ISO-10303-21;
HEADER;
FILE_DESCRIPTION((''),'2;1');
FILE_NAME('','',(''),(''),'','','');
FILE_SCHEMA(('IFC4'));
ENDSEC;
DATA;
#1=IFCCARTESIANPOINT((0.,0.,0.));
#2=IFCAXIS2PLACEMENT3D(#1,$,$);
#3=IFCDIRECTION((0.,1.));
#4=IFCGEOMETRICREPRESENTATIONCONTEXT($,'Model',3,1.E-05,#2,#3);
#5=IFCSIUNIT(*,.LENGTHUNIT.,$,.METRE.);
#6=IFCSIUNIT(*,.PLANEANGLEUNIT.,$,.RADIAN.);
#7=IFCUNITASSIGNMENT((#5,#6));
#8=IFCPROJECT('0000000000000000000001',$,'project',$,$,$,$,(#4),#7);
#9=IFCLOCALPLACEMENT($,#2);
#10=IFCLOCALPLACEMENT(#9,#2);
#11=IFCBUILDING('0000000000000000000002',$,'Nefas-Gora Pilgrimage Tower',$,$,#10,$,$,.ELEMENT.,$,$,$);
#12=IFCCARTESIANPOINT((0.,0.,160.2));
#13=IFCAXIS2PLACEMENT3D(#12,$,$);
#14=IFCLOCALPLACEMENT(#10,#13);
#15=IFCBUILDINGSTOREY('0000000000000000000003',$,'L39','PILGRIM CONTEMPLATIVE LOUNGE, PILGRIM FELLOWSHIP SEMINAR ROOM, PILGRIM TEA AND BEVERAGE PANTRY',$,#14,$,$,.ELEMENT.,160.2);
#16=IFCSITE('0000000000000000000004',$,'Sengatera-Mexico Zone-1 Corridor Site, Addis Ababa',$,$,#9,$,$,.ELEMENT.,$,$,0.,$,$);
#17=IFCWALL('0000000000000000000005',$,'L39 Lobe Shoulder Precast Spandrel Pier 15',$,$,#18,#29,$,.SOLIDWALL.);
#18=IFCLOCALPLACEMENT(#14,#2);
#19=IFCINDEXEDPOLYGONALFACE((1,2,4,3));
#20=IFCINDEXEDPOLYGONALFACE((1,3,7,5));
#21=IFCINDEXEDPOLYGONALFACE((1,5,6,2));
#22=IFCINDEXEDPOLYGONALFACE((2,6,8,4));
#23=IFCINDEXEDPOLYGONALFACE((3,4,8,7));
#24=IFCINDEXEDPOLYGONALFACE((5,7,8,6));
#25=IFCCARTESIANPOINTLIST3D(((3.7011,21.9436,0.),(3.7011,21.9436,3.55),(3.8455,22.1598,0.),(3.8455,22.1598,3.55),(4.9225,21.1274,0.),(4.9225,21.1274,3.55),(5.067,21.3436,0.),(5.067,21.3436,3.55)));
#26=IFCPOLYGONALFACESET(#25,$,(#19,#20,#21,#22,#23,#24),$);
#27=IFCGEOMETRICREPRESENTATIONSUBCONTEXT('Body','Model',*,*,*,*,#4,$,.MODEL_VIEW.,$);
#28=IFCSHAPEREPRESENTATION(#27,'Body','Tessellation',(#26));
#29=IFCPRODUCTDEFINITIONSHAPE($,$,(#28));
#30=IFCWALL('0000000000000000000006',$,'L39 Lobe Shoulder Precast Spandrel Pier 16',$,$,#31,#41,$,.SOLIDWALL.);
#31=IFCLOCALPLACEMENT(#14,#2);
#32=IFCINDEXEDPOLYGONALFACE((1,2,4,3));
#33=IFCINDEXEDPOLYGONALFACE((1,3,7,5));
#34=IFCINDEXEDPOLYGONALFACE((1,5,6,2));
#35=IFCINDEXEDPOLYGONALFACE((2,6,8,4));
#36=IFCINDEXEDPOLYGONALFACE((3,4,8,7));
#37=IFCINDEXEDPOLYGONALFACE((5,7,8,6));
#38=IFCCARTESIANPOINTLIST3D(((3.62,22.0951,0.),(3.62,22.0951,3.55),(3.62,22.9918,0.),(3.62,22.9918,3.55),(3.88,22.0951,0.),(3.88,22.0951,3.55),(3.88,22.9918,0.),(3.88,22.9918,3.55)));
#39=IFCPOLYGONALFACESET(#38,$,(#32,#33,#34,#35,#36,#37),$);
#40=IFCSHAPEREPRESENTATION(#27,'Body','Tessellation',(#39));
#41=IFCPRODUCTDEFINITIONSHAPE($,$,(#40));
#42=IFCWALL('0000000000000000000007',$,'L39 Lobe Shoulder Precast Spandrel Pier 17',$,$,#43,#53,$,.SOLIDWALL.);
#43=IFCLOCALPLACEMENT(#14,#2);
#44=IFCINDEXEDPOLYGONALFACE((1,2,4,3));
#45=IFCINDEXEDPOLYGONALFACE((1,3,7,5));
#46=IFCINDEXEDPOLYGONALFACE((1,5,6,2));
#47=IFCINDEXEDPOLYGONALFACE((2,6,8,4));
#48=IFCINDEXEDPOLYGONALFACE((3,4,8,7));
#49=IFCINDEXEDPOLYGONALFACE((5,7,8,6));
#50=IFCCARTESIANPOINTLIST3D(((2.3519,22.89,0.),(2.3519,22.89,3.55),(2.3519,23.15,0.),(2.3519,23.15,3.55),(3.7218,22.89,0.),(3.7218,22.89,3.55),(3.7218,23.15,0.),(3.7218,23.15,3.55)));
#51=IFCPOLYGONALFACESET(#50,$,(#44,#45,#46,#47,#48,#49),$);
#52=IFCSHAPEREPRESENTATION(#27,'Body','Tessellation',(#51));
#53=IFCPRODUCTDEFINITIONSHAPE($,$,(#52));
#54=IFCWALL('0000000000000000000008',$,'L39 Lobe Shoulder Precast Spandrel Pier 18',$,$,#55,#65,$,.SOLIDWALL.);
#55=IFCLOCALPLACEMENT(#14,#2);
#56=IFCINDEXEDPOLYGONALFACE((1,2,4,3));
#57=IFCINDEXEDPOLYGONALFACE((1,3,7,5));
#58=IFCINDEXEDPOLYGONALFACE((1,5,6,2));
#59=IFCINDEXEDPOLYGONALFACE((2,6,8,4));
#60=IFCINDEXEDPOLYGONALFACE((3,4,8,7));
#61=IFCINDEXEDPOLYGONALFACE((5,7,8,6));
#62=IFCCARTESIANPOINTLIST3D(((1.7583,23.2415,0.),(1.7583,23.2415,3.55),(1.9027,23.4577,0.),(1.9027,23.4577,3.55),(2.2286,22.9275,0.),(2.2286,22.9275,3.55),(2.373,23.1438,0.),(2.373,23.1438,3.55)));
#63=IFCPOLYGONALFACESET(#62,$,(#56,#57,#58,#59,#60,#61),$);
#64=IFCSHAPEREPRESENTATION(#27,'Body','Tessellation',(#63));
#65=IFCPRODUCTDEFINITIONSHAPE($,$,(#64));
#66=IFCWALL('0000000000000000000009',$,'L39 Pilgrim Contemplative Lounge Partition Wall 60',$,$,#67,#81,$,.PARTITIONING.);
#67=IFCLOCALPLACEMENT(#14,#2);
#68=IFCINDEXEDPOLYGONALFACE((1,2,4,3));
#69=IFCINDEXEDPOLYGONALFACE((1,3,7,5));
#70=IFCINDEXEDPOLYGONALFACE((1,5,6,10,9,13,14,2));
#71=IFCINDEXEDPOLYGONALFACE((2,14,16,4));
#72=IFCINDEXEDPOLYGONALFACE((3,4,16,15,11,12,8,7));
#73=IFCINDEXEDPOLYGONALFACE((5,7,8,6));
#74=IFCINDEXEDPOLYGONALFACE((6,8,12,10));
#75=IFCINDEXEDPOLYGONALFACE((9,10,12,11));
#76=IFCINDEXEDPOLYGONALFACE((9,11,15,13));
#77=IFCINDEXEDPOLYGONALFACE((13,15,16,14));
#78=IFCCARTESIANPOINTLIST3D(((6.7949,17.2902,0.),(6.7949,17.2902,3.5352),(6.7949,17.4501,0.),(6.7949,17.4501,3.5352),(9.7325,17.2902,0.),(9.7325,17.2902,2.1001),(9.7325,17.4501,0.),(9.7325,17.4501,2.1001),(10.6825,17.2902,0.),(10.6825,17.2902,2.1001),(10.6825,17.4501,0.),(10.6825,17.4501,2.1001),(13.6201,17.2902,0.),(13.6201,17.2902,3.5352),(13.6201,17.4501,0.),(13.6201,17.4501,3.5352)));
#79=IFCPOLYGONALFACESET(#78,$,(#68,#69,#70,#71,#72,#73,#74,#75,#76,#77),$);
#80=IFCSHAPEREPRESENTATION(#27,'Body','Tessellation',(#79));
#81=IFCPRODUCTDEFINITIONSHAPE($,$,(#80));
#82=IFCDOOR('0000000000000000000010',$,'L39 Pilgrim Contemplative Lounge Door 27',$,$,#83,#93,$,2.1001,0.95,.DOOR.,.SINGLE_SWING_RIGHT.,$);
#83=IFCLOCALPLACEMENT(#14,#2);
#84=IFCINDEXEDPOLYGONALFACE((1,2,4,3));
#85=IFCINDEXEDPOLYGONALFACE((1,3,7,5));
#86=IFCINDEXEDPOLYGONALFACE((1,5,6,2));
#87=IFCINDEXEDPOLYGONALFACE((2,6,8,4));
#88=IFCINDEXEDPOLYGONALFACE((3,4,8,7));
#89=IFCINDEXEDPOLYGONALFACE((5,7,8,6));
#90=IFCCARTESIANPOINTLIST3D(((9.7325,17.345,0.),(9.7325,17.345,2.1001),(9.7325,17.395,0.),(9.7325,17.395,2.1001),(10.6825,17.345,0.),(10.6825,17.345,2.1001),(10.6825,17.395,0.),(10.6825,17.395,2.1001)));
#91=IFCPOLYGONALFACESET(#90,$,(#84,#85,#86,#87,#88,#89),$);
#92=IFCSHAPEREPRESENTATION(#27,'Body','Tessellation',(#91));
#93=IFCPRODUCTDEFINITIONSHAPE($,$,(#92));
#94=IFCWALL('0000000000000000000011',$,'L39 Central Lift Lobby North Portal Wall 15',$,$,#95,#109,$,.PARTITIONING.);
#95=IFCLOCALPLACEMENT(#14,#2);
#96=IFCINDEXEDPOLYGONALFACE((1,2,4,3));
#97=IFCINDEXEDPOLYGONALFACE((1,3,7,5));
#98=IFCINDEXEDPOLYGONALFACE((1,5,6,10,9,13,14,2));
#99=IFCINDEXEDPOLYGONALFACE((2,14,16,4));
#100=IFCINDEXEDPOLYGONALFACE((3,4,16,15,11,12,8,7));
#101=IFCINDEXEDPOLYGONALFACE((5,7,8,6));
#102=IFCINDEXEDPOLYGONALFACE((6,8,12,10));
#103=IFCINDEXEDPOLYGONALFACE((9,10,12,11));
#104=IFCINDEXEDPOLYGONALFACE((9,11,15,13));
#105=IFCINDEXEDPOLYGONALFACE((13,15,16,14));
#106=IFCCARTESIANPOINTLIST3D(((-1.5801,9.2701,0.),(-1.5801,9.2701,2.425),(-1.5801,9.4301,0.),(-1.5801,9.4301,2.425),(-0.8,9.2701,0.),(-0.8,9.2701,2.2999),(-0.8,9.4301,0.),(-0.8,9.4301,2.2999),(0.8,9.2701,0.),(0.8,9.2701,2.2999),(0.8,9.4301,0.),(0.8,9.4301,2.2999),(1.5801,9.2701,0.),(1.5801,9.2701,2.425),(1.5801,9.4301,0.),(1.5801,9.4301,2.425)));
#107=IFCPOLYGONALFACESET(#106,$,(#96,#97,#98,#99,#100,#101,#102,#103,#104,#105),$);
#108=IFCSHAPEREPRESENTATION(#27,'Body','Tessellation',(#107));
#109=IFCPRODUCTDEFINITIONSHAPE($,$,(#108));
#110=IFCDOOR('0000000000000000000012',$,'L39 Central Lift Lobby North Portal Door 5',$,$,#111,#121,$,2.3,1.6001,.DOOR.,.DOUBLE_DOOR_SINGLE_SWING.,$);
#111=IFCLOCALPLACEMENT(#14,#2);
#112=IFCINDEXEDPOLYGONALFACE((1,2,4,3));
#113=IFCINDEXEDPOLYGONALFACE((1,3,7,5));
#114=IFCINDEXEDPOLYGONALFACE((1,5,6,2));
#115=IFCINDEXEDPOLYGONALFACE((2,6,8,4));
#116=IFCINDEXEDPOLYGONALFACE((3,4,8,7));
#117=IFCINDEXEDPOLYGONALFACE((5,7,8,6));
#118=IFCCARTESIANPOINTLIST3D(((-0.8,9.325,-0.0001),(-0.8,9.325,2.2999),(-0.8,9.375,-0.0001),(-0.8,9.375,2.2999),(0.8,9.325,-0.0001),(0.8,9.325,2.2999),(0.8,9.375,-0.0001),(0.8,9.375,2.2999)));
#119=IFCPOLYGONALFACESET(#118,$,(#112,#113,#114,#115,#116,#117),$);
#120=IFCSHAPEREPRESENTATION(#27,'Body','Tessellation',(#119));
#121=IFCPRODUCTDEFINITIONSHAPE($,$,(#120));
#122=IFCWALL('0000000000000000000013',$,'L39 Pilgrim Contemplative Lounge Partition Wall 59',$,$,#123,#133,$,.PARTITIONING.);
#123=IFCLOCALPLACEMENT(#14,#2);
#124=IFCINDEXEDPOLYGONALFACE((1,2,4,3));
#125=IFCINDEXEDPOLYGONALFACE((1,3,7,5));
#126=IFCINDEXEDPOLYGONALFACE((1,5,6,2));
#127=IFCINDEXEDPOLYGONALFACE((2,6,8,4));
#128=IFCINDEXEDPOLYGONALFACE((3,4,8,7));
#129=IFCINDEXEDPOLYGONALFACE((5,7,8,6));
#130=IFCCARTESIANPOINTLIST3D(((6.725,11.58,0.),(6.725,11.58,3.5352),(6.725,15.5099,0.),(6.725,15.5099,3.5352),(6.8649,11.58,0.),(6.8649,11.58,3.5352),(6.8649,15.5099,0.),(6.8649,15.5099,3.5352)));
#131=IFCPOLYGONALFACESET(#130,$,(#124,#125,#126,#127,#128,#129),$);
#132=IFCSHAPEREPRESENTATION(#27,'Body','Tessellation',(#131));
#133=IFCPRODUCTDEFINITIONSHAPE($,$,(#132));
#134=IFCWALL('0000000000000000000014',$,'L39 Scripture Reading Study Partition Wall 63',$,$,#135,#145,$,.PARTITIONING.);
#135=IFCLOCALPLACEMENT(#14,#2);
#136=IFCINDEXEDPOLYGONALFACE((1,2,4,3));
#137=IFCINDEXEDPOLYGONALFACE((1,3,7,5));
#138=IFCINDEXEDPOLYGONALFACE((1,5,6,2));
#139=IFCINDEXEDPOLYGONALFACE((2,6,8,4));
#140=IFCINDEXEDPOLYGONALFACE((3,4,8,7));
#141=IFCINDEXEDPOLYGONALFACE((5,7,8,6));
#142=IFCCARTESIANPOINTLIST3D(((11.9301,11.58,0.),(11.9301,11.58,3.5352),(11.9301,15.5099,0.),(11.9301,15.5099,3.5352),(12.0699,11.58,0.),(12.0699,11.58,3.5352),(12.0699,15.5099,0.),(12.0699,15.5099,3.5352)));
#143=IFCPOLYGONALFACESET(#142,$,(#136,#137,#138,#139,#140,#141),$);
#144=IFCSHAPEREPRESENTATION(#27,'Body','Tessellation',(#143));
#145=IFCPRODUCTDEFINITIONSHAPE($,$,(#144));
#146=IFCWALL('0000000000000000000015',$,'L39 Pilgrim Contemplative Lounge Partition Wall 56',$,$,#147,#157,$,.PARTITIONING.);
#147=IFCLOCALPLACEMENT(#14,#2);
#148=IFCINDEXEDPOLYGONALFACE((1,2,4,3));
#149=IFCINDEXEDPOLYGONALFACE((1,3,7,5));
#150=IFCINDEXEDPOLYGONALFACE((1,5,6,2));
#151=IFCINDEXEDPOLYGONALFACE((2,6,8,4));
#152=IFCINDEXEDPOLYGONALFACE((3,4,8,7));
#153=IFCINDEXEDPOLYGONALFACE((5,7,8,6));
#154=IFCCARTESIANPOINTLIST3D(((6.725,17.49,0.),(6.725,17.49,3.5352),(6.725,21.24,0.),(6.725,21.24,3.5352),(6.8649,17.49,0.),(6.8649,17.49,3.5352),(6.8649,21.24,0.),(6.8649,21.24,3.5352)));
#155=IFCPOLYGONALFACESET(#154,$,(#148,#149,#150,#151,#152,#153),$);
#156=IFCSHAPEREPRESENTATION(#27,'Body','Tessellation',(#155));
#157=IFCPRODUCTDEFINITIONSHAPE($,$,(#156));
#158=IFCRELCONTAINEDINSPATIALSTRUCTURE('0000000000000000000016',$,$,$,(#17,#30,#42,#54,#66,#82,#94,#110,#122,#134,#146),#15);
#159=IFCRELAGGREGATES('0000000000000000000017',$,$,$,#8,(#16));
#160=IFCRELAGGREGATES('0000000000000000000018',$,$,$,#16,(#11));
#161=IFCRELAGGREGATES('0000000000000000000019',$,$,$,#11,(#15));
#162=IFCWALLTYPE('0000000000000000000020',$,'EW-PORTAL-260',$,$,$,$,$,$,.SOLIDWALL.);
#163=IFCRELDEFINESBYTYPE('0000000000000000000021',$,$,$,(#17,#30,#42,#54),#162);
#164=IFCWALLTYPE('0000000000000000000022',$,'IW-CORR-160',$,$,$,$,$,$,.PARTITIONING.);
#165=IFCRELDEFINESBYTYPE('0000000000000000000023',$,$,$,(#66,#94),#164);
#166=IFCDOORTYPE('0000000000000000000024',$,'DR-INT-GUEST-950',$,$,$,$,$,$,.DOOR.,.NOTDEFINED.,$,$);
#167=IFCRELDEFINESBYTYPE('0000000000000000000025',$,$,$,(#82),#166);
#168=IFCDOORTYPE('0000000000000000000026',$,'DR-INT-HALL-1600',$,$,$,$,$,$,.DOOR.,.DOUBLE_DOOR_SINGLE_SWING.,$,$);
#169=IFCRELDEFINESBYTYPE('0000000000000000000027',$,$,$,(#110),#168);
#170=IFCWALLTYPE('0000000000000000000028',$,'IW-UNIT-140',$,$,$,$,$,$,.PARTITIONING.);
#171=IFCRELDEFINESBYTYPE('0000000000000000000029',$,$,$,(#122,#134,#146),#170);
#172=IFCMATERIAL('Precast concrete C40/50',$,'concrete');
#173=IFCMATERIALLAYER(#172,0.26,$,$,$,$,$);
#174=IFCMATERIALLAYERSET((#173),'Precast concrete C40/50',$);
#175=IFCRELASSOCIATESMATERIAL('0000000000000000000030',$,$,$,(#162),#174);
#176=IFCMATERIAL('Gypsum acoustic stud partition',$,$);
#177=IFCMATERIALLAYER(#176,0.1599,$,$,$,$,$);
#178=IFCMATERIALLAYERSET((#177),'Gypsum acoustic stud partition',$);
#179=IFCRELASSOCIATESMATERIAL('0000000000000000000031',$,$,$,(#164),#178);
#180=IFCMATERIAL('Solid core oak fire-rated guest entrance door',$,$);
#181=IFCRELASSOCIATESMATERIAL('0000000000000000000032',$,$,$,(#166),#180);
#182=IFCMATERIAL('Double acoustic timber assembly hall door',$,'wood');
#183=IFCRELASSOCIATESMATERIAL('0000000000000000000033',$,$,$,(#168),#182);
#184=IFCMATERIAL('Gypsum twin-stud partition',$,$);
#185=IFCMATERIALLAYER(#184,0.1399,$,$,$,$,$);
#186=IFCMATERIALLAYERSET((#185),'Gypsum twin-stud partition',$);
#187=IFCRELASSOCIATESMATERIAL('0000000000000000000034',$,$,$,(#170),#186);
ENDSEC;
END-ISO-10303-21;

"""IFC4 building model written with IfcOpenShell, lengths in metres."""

from ifc_helpers import new_model, si_unit, direction, frame, frame_2d, origin, place, context, subcontext, project, spatial, rectangle, extrude, source, transform, mapped, material, layer, layer_set, type_object, element, fill, save


model = new_model("IFC4")

# Units and contexts
model_context = context("Model", 3, precision=1e-05, world=origin(), true_north=direction((0.0, 1.0)))
body_context = subcontext(model_context, "Body", "Model", "MODEL_VIEW")
ifc_project = project(units=[si_unit("LENGTHUNIT", "METRE"), si_unit("PLANEANGLEUNIT", "RADIAN")], contexts=[model_context])

# Site, building, storey
site_placement = place(None, origin())
site = spatial("IfcSite", under=ifc_project, at=site_placement, Name="Sengatera-Mexico Zone-1 Corridor Site, Addis Ababa", CompositionType="ELEMENT", RefElevation=0.0)
building_placement = place(site_placement, origin())
building = spatial("IfcBuilding", under=site, at=building_placement, Name="Nefas-Gora Pilgrimage Tower", CompositionType="ELEMENT")
storey_placement = place(building_placement, frame((0.0, 0.0, 160.2)))
storey = spatial("IfcBuildingStorey", under=building, at=storey_placement, Name="L39", Description="PILGRIM CONTEMPLATIVE LOUNGE, PILGRIM FELLOWSHIP SEMINAR ROOM, PILGRIM TEA AND BEVERAGE PANTRY", CompositionType="ELEMENT", Elevation=160.2)

# Walls
ifc_material_1 = material(Name="Precast concrete C40/50", Category="concrete")
ifc_layer_1 = layer(ifc_material_1, 0.26)
ifc_layer_set_1 = layer_set([ifc_layer_1], Name="Precast concrete C40/50")
wall_type_1 = type_object("IfcWallType", Name="EW-PORTAL-260", PredefinedType="SOLIDWALL", material=ifc_layer_set_1)
shared_shape_1 = source(origin(), body_context, "Body", "SweptSolid", [
    extrude(rectangle(XDim=1.469, YDim=0.26, at=frame_2d((0.7344, 0.0))), origin(), (0.0, 0.0, 1.0), 3.55),
])
wall_1_placement = place(storey_placement, frame((4.9946, 21.2356, 0.0), z_axis=(0.0, 0.0, 1.0), x_axis=(-0.831462, 0.555582, 0.0)))
element("IfcWall", 1, at=wall_1_placement, inside=storey, type_object=wall_type_1, Name="L39 Lobe Shoulder Precast Spandrel Pier 15", PredefinedType="SOLIDWALL", context=body_context, shape_type="MappedRepresentation", body=[
    mapped(shared_shape_1, transform((0.0, 0.0, 0.0), x_axis=(1.0, 0.0, 0.0), y_axis=(0.0, 1.0, 0.0), z_axis=(0.0, 0.0, 1.0), scale=1.0)),
])
shared_shape_2 = source(origin(), body_context, "Body", "SweptSolid", [
    extrude(rectangle(XDim=0.8967, YDim=0.26, at=frame_2d((0.4482, 0.0))), origin(), (0.0, 0.0, 1.0), 3.55),
])
wall_2_placement = place(storey_placement, frame((3.75, 22.0952, 0.0), z_axis=(0.0, 0.0, 1.0), x_axis=(0.0, 1.0, 0.0)))
element("IfcWall", 2, at=wall_2_placement, inside=storey, type_object=wall_type_1, Name="L39 Lobe Shoulder Precast Spandrel Pier 16", PredefinedType="SOLIDWALL", context=body_context, shape_type="MappedRepresentation", body=[
    mapped(shared_shape_2, transform((0.0, 0.0, 0.0), x_axis=(1.0, 0.0, 0.0), y_axis=(0.0, 1.0, 0.0), z_axis=(0.0, 0.0, 1.0), scale=1.0)),
])
shared_shape_3 = source(origin(), body_context, "Body", "SweptSolid", [
    extrude(rectangle(XDim=1.3699, YDim=0.26, at=frame_2d((0.6851, 0.0))), origin(), (0.0, 0.0, 1.0), 3.55),
])
wall_3_placement = place(storey_placement, frame((3.7219, 23.02, 0.0), z_axis=(0.0, 0.0, 1.0), x_axis=(-1.0, 0.0, 0.0)))
element("IfcWall", 3, at=wall_3_placement, inside=storey, type_object=wall_type_1, Name="L39 Lobe Shoulder Precast Spandrel Pier 17", PredefinedType="SOLIDWALL", context=body_context, shape_type="MappedRepresentation", body=[
    mapped(shared_shape_3, transform((0.0, 0.0, 0.0), x_axis=(1.0, 0.0, 0.0), y_axis=(0.0, 1.0, 0.0), z_axis=(0.0, 0.0, 1.0), scale=1.0)),
])
shared_shape_4 = source(origin(), body_context, "Body", "SweptSolid", [
    extrude(rectangle(XDim=0.5654, YDim=0.26, at=frame_2d((0.2827, 0.0))), origin(), (0.0, 0.0, 1.0), 3.55),
])
wall_4_placement = place(storey_placement, frame((2.3008, 23.0356, 0.0), z_axis=(0.0, 0.0, 1.0), x_axis=(-0.831651, 0.555298, 0.0)))
element("IfcWall", 4, at=wall_4_placement, inside=storey, type_object=wall_type_1, Name="L39 Lobe Shoulder Precast Spandrel Pier 18", PredefinedType="SOLIDWALL", context=body_context, shape_type="MappedRepresentation", body=[
    mapped(shared_shape_4, transform((0.0, 0.0, 0.0), x_axis=(1.0, 0.0, 0.0), y_axis=(0.0, 1.0, 0.0), z_axis=(0.0, 0.0, 1.0), scale=1.0)),
])

# Walls, openings, doors
ifc_material_2 = material(Name="Gypsum acoustic stud partition")
ifc_layer_2 = layer(ifc_material_2, 0.1599)
ifc_layer_set_2 = layer_set([ifc_layer_2], Name="Gypsum acoustic stud partition")
wall_type_2 = type_object("IfcWallType", Name="IW-CORR-160", PredefinedType="PARTITIONING", material=ifc_layer_set_2)
shared_shape_5 = source(origin(), body_context, "Body", "SweptSolid", [
    extrude(rectangle(XDim=6.8252, YDim=0.1599, at=frame_2d((3.4126, 0.0))), origin(), (0.0, 0.0, 1.0), 3.5352),
])
wall_5_placement = place(storey_placement, frame((6.7949, 17.3701, 0.0), z_axis=(0.0, 0.0, 1.0), x_axis=(1.0, 0.0, 0.0)))
wall_5 = element("IfcWall", 5, at=wall_5_placement, inside=storey, type_object=wall_type_2, Name="L39 Pilgrim Contemplative Lounge Partition Wall 60", PredefinedType="PARTITIONING", context=body_context, shape_type="MappedRepresentation", body=[
    mapped(shared_shape_5, transform((0.0, 0.0, 0.0), x_axis=(1.0, 0.0, 0.0), y_axis=(0.0, 1.0, 0.0), z_axis=(0.0, 0.0, 1.0), scale=1.0)),
])
opening_1_placement = place(wall_5_placement, frame((2.9375, 0.0, 0.0)))
opening_1 = element("IfcOpeningElement", 6, at=opening_1_placement, cuts=wall_5, PredefinedType="OPENING", context=body_context, shape_type="SweptSolid", body=[
    extrude(rectangle(XDim=0.95, YDim=2.1001, at=frame_2d((0.4751, 1.05))), frame((0.0, 0.0898, 0.0), z_axis=(0.0, -1.0, 0.0), x_axis=(1.0, 0.0, 0.0)), (0.0, 0.0, 1.0), 0.1799),
])
ifc_material_3 = material(Name="Solid core oak fire-rated guest entrance door")
door_type_1 = type_object("IfcDoorType", Name="DR-INT-GUEST-950", OperationType="NOTDEFINED", PredefinedType="DOOR", material=ifc_material_3)
shared_shape_6 = source(origin(), body_context, "Body", "SweptSolid", [
    extrude(rectangle(XDim=0.95, YDim=2.1001, at=frame_2d((0.4751, 1.05))), frame((0.0, 0.0249, 0.0), z_axis=(0.0, -1.0, 0.0), x_axis=(1.0, 0.0, 0.0)), (0.0, 0.0, 1.0), 0.05),
])
door_1_placement = place(opening_1_placement, origin())
door_1 = element("IfcDoor", 7, at=door_1_placement, inside=storey, type_object=door_type_1, Name="L39 Pilgrim Contemplative Lounge Door 27", OperationType="SINGLE_SWING_RIGHT", OverallHeight=2.1001, OverallWidth=0.95, PredefinedType="DOOR", context=body_context, shape_type="MappedRepresentation", body=[
    mapped(shared_shape_6, transform((0.0, 0.0, 0.0), x_axis=(1.0, 0.0, 0.0), y_axis=(0.0, 1.0, 0.0), z_axis=(0.0, 0.0, 1.0), scale=1.0)),
])
fill(opening_1, door_1)
shared_shape_7 = source(origin(), body_context, "Body", "SweptSolid", [
    extrude(rectangle(XDim=3.1602, YDim=0.1599, at=frame_2d((1.5801, 0.0))), origin(), (0.0, 0.0, 1.0), 2.425),
])
wall_6_placement = place(storey_placement, frame((-1.5801, 9.3501, 0.0), z_axis=(0.0, 0.0, 1.0), x_axis=(1.0, 0.0, 0.0)))
wall_6 = element("IfcWall", 8, at=wall_6_placement, inside=storey, type_object=wall_type_2, Name="L39 Central Lift Lobby North Portal Wall 15", PredefinedType="PARTITIONING", context=body_context, shape_type="MappedRepresentation", body=[
    mapped(shared_shape_7, transform((0.0, 0.0, 0.0), x_axis=(1.0, 0.0, 0.0), y_axis=(0.0, 1.0, 0.0), z_axis=(0.0, 0.0, 1.0), scale=1.0)),
])
opening_2_placement = place(wall_6_placement, frame((0.78, 0.0, 0.0)))
opening_2 = element("IfcOpeningElement", 9, at=opening_2_placement, cuts=wall_6, PredefinedType="OPENING", context=body_context, shape_type="SweptSolid", body=[
    extrude(rectangle(XDim=1.6001, YDim=2.3, at=frame_2d((0.8, 1.1499))), frame((0.0, 0.0898, 0.0), z_axis=(0.0, -1.0, 0.0), x_axis=(1.0, 0.0, 0.0)), (0.0, 0.0, 1.0), 0.1799),
])
ifc_material_4 = material(Name="Double acoustic timber assembly hall door", Category="wood")
door_type_2 = type_object("IfcDoorType", Name="DR-INT-HALL-1600", OperationType="DOUBLE_DOOR_SINGLE_SWING", PredefinedType="DOOR", material=ifc_material_4)
shared_shape_8 = source(origin(), body_context, "Body", "SweptSolid", [
    extrude(rectangle(XDim=1.6001, YDim=2.3, at=frame_2d((0.8, 1.1499))), frame((0.0, 0.0249, 0.0), z_axis=(0.0, -1.0, 0.0), x_axis=(1.0, 0.0, 0.0)), (0.0, 0.0, 1.0), 0.05),
])
door_2_placement = place(opening_2_placement, origin())
door_2 = element("IfcDoor", 10, at=door_2_placement, inside=storey, type_object=door_type_2, Name="L39 Central Lift Lobby North Portal Door 5", OperationType="DOUBLE_DOOR_SINGLE_SWING", OverallHeight=2.3, OverallWidth=1.6001, PredefinedType="DOOR", context=body_context, shape_type="MappedRepresentation", body=[
    mapped(shared_shape_8, transform((0.0, 0.0, 0.0), x_axis=(1.0, 0.0, 0.0), y_axis=(0.0, 1.0, 0.0), z_axis=(0.0, 0.0, 1.0), scale=1.0)),
])
fill(opening_2, door_2)

# Walls
ifc_material_5 = material(Name="Gypsum twin-stud partition")
ifc_layer_3 = layer(ifc_material_5, 0.1399)
ifc_layer_set_3 = layer_set([ifc_layer_3], Name="Gypsum twin-stud partition")
wall_type_3 = type_object("IfcWallType", Name="IW-UNIT-140", PredefinedType="PARTITIONING", material=ifc_layer_set_3)
shared_shape_9 = source(origin(), body_context, "Body", "SweptSolid", [
    extrude(rectangle(XDim=3.9299, YDim=0.1399, at=frame_2d((1.9648, 0.0))), origin(), (0.0, 0.0, 1.0), 3.5352),
])
for number, where, z_axis, x_axis, name in (
    (11, (6.7949, 11.5801, 0.0), (0.0, 0.0, 1.0), (0.0, 1.0, 0.0), "L39 Pilgrim Contemplative Lounge Partition Wall 59"),
    (12, (12.0, 11.5801, 0.0), (0.0, 0.0, 1.0), (0.0, 1.0, 0.0), "L39 Scripture Reading Study Partition Wall 63"),
):
    element("IfcWall", number, at=place(storey_placement, frame(where, z_axis=z_axis, x_axis=x_axis)), inside=storey, type_object=wall_type_3, Name=name, PredefinedType="PARTITIONING", context=body_context, shape_type="MappedRepresentation", body=[
        mapped(shared_shape_9, transform((0.0, 0.0, 0.0), x_axis=(1.0, 0.0, 0.0), y_axis=(0.0, 1.0, 0.0), z_axis=(0.0, 0.0, 1.0), scale=1.0)),
    ])
shared_shape_10 = source(origin(), body_context, "Body", "SweptSolid", [
    extrude(rectangle(XDim=3.75, YDim=0.1399, at=frame_2d((1.875, 0.0))), origin(), (0.0, 0.0, 1.0), 3.5352),
])
wall_7_placement = place(storey_placement, frame((6.7949, 17.49, 0.0), z_axis=(0.0, 0.0, 1.0), x_axis=(0.0, 1.0, 0.0)))
element("IfcWall", 13, at=wall_7_placement, inside=storey, type_object=wall_type_3, Name="L39 Pilgrim Contemplative Lounge Partition Wall 56", PredefinedType="PARTITIONING", context=body_context, shape_type="MappedRepresentation", body=[
    mapped(shared_shape_10, transform((0.0, 0.0, 0.0), x_axis=(1.0, 0.0, 0.0), y_axis=(0.0, 1.0, 0.0), z_axis=(0.0, 0.0, 1.0), scale=1.0)),
])

save(model, "model.ifc")
